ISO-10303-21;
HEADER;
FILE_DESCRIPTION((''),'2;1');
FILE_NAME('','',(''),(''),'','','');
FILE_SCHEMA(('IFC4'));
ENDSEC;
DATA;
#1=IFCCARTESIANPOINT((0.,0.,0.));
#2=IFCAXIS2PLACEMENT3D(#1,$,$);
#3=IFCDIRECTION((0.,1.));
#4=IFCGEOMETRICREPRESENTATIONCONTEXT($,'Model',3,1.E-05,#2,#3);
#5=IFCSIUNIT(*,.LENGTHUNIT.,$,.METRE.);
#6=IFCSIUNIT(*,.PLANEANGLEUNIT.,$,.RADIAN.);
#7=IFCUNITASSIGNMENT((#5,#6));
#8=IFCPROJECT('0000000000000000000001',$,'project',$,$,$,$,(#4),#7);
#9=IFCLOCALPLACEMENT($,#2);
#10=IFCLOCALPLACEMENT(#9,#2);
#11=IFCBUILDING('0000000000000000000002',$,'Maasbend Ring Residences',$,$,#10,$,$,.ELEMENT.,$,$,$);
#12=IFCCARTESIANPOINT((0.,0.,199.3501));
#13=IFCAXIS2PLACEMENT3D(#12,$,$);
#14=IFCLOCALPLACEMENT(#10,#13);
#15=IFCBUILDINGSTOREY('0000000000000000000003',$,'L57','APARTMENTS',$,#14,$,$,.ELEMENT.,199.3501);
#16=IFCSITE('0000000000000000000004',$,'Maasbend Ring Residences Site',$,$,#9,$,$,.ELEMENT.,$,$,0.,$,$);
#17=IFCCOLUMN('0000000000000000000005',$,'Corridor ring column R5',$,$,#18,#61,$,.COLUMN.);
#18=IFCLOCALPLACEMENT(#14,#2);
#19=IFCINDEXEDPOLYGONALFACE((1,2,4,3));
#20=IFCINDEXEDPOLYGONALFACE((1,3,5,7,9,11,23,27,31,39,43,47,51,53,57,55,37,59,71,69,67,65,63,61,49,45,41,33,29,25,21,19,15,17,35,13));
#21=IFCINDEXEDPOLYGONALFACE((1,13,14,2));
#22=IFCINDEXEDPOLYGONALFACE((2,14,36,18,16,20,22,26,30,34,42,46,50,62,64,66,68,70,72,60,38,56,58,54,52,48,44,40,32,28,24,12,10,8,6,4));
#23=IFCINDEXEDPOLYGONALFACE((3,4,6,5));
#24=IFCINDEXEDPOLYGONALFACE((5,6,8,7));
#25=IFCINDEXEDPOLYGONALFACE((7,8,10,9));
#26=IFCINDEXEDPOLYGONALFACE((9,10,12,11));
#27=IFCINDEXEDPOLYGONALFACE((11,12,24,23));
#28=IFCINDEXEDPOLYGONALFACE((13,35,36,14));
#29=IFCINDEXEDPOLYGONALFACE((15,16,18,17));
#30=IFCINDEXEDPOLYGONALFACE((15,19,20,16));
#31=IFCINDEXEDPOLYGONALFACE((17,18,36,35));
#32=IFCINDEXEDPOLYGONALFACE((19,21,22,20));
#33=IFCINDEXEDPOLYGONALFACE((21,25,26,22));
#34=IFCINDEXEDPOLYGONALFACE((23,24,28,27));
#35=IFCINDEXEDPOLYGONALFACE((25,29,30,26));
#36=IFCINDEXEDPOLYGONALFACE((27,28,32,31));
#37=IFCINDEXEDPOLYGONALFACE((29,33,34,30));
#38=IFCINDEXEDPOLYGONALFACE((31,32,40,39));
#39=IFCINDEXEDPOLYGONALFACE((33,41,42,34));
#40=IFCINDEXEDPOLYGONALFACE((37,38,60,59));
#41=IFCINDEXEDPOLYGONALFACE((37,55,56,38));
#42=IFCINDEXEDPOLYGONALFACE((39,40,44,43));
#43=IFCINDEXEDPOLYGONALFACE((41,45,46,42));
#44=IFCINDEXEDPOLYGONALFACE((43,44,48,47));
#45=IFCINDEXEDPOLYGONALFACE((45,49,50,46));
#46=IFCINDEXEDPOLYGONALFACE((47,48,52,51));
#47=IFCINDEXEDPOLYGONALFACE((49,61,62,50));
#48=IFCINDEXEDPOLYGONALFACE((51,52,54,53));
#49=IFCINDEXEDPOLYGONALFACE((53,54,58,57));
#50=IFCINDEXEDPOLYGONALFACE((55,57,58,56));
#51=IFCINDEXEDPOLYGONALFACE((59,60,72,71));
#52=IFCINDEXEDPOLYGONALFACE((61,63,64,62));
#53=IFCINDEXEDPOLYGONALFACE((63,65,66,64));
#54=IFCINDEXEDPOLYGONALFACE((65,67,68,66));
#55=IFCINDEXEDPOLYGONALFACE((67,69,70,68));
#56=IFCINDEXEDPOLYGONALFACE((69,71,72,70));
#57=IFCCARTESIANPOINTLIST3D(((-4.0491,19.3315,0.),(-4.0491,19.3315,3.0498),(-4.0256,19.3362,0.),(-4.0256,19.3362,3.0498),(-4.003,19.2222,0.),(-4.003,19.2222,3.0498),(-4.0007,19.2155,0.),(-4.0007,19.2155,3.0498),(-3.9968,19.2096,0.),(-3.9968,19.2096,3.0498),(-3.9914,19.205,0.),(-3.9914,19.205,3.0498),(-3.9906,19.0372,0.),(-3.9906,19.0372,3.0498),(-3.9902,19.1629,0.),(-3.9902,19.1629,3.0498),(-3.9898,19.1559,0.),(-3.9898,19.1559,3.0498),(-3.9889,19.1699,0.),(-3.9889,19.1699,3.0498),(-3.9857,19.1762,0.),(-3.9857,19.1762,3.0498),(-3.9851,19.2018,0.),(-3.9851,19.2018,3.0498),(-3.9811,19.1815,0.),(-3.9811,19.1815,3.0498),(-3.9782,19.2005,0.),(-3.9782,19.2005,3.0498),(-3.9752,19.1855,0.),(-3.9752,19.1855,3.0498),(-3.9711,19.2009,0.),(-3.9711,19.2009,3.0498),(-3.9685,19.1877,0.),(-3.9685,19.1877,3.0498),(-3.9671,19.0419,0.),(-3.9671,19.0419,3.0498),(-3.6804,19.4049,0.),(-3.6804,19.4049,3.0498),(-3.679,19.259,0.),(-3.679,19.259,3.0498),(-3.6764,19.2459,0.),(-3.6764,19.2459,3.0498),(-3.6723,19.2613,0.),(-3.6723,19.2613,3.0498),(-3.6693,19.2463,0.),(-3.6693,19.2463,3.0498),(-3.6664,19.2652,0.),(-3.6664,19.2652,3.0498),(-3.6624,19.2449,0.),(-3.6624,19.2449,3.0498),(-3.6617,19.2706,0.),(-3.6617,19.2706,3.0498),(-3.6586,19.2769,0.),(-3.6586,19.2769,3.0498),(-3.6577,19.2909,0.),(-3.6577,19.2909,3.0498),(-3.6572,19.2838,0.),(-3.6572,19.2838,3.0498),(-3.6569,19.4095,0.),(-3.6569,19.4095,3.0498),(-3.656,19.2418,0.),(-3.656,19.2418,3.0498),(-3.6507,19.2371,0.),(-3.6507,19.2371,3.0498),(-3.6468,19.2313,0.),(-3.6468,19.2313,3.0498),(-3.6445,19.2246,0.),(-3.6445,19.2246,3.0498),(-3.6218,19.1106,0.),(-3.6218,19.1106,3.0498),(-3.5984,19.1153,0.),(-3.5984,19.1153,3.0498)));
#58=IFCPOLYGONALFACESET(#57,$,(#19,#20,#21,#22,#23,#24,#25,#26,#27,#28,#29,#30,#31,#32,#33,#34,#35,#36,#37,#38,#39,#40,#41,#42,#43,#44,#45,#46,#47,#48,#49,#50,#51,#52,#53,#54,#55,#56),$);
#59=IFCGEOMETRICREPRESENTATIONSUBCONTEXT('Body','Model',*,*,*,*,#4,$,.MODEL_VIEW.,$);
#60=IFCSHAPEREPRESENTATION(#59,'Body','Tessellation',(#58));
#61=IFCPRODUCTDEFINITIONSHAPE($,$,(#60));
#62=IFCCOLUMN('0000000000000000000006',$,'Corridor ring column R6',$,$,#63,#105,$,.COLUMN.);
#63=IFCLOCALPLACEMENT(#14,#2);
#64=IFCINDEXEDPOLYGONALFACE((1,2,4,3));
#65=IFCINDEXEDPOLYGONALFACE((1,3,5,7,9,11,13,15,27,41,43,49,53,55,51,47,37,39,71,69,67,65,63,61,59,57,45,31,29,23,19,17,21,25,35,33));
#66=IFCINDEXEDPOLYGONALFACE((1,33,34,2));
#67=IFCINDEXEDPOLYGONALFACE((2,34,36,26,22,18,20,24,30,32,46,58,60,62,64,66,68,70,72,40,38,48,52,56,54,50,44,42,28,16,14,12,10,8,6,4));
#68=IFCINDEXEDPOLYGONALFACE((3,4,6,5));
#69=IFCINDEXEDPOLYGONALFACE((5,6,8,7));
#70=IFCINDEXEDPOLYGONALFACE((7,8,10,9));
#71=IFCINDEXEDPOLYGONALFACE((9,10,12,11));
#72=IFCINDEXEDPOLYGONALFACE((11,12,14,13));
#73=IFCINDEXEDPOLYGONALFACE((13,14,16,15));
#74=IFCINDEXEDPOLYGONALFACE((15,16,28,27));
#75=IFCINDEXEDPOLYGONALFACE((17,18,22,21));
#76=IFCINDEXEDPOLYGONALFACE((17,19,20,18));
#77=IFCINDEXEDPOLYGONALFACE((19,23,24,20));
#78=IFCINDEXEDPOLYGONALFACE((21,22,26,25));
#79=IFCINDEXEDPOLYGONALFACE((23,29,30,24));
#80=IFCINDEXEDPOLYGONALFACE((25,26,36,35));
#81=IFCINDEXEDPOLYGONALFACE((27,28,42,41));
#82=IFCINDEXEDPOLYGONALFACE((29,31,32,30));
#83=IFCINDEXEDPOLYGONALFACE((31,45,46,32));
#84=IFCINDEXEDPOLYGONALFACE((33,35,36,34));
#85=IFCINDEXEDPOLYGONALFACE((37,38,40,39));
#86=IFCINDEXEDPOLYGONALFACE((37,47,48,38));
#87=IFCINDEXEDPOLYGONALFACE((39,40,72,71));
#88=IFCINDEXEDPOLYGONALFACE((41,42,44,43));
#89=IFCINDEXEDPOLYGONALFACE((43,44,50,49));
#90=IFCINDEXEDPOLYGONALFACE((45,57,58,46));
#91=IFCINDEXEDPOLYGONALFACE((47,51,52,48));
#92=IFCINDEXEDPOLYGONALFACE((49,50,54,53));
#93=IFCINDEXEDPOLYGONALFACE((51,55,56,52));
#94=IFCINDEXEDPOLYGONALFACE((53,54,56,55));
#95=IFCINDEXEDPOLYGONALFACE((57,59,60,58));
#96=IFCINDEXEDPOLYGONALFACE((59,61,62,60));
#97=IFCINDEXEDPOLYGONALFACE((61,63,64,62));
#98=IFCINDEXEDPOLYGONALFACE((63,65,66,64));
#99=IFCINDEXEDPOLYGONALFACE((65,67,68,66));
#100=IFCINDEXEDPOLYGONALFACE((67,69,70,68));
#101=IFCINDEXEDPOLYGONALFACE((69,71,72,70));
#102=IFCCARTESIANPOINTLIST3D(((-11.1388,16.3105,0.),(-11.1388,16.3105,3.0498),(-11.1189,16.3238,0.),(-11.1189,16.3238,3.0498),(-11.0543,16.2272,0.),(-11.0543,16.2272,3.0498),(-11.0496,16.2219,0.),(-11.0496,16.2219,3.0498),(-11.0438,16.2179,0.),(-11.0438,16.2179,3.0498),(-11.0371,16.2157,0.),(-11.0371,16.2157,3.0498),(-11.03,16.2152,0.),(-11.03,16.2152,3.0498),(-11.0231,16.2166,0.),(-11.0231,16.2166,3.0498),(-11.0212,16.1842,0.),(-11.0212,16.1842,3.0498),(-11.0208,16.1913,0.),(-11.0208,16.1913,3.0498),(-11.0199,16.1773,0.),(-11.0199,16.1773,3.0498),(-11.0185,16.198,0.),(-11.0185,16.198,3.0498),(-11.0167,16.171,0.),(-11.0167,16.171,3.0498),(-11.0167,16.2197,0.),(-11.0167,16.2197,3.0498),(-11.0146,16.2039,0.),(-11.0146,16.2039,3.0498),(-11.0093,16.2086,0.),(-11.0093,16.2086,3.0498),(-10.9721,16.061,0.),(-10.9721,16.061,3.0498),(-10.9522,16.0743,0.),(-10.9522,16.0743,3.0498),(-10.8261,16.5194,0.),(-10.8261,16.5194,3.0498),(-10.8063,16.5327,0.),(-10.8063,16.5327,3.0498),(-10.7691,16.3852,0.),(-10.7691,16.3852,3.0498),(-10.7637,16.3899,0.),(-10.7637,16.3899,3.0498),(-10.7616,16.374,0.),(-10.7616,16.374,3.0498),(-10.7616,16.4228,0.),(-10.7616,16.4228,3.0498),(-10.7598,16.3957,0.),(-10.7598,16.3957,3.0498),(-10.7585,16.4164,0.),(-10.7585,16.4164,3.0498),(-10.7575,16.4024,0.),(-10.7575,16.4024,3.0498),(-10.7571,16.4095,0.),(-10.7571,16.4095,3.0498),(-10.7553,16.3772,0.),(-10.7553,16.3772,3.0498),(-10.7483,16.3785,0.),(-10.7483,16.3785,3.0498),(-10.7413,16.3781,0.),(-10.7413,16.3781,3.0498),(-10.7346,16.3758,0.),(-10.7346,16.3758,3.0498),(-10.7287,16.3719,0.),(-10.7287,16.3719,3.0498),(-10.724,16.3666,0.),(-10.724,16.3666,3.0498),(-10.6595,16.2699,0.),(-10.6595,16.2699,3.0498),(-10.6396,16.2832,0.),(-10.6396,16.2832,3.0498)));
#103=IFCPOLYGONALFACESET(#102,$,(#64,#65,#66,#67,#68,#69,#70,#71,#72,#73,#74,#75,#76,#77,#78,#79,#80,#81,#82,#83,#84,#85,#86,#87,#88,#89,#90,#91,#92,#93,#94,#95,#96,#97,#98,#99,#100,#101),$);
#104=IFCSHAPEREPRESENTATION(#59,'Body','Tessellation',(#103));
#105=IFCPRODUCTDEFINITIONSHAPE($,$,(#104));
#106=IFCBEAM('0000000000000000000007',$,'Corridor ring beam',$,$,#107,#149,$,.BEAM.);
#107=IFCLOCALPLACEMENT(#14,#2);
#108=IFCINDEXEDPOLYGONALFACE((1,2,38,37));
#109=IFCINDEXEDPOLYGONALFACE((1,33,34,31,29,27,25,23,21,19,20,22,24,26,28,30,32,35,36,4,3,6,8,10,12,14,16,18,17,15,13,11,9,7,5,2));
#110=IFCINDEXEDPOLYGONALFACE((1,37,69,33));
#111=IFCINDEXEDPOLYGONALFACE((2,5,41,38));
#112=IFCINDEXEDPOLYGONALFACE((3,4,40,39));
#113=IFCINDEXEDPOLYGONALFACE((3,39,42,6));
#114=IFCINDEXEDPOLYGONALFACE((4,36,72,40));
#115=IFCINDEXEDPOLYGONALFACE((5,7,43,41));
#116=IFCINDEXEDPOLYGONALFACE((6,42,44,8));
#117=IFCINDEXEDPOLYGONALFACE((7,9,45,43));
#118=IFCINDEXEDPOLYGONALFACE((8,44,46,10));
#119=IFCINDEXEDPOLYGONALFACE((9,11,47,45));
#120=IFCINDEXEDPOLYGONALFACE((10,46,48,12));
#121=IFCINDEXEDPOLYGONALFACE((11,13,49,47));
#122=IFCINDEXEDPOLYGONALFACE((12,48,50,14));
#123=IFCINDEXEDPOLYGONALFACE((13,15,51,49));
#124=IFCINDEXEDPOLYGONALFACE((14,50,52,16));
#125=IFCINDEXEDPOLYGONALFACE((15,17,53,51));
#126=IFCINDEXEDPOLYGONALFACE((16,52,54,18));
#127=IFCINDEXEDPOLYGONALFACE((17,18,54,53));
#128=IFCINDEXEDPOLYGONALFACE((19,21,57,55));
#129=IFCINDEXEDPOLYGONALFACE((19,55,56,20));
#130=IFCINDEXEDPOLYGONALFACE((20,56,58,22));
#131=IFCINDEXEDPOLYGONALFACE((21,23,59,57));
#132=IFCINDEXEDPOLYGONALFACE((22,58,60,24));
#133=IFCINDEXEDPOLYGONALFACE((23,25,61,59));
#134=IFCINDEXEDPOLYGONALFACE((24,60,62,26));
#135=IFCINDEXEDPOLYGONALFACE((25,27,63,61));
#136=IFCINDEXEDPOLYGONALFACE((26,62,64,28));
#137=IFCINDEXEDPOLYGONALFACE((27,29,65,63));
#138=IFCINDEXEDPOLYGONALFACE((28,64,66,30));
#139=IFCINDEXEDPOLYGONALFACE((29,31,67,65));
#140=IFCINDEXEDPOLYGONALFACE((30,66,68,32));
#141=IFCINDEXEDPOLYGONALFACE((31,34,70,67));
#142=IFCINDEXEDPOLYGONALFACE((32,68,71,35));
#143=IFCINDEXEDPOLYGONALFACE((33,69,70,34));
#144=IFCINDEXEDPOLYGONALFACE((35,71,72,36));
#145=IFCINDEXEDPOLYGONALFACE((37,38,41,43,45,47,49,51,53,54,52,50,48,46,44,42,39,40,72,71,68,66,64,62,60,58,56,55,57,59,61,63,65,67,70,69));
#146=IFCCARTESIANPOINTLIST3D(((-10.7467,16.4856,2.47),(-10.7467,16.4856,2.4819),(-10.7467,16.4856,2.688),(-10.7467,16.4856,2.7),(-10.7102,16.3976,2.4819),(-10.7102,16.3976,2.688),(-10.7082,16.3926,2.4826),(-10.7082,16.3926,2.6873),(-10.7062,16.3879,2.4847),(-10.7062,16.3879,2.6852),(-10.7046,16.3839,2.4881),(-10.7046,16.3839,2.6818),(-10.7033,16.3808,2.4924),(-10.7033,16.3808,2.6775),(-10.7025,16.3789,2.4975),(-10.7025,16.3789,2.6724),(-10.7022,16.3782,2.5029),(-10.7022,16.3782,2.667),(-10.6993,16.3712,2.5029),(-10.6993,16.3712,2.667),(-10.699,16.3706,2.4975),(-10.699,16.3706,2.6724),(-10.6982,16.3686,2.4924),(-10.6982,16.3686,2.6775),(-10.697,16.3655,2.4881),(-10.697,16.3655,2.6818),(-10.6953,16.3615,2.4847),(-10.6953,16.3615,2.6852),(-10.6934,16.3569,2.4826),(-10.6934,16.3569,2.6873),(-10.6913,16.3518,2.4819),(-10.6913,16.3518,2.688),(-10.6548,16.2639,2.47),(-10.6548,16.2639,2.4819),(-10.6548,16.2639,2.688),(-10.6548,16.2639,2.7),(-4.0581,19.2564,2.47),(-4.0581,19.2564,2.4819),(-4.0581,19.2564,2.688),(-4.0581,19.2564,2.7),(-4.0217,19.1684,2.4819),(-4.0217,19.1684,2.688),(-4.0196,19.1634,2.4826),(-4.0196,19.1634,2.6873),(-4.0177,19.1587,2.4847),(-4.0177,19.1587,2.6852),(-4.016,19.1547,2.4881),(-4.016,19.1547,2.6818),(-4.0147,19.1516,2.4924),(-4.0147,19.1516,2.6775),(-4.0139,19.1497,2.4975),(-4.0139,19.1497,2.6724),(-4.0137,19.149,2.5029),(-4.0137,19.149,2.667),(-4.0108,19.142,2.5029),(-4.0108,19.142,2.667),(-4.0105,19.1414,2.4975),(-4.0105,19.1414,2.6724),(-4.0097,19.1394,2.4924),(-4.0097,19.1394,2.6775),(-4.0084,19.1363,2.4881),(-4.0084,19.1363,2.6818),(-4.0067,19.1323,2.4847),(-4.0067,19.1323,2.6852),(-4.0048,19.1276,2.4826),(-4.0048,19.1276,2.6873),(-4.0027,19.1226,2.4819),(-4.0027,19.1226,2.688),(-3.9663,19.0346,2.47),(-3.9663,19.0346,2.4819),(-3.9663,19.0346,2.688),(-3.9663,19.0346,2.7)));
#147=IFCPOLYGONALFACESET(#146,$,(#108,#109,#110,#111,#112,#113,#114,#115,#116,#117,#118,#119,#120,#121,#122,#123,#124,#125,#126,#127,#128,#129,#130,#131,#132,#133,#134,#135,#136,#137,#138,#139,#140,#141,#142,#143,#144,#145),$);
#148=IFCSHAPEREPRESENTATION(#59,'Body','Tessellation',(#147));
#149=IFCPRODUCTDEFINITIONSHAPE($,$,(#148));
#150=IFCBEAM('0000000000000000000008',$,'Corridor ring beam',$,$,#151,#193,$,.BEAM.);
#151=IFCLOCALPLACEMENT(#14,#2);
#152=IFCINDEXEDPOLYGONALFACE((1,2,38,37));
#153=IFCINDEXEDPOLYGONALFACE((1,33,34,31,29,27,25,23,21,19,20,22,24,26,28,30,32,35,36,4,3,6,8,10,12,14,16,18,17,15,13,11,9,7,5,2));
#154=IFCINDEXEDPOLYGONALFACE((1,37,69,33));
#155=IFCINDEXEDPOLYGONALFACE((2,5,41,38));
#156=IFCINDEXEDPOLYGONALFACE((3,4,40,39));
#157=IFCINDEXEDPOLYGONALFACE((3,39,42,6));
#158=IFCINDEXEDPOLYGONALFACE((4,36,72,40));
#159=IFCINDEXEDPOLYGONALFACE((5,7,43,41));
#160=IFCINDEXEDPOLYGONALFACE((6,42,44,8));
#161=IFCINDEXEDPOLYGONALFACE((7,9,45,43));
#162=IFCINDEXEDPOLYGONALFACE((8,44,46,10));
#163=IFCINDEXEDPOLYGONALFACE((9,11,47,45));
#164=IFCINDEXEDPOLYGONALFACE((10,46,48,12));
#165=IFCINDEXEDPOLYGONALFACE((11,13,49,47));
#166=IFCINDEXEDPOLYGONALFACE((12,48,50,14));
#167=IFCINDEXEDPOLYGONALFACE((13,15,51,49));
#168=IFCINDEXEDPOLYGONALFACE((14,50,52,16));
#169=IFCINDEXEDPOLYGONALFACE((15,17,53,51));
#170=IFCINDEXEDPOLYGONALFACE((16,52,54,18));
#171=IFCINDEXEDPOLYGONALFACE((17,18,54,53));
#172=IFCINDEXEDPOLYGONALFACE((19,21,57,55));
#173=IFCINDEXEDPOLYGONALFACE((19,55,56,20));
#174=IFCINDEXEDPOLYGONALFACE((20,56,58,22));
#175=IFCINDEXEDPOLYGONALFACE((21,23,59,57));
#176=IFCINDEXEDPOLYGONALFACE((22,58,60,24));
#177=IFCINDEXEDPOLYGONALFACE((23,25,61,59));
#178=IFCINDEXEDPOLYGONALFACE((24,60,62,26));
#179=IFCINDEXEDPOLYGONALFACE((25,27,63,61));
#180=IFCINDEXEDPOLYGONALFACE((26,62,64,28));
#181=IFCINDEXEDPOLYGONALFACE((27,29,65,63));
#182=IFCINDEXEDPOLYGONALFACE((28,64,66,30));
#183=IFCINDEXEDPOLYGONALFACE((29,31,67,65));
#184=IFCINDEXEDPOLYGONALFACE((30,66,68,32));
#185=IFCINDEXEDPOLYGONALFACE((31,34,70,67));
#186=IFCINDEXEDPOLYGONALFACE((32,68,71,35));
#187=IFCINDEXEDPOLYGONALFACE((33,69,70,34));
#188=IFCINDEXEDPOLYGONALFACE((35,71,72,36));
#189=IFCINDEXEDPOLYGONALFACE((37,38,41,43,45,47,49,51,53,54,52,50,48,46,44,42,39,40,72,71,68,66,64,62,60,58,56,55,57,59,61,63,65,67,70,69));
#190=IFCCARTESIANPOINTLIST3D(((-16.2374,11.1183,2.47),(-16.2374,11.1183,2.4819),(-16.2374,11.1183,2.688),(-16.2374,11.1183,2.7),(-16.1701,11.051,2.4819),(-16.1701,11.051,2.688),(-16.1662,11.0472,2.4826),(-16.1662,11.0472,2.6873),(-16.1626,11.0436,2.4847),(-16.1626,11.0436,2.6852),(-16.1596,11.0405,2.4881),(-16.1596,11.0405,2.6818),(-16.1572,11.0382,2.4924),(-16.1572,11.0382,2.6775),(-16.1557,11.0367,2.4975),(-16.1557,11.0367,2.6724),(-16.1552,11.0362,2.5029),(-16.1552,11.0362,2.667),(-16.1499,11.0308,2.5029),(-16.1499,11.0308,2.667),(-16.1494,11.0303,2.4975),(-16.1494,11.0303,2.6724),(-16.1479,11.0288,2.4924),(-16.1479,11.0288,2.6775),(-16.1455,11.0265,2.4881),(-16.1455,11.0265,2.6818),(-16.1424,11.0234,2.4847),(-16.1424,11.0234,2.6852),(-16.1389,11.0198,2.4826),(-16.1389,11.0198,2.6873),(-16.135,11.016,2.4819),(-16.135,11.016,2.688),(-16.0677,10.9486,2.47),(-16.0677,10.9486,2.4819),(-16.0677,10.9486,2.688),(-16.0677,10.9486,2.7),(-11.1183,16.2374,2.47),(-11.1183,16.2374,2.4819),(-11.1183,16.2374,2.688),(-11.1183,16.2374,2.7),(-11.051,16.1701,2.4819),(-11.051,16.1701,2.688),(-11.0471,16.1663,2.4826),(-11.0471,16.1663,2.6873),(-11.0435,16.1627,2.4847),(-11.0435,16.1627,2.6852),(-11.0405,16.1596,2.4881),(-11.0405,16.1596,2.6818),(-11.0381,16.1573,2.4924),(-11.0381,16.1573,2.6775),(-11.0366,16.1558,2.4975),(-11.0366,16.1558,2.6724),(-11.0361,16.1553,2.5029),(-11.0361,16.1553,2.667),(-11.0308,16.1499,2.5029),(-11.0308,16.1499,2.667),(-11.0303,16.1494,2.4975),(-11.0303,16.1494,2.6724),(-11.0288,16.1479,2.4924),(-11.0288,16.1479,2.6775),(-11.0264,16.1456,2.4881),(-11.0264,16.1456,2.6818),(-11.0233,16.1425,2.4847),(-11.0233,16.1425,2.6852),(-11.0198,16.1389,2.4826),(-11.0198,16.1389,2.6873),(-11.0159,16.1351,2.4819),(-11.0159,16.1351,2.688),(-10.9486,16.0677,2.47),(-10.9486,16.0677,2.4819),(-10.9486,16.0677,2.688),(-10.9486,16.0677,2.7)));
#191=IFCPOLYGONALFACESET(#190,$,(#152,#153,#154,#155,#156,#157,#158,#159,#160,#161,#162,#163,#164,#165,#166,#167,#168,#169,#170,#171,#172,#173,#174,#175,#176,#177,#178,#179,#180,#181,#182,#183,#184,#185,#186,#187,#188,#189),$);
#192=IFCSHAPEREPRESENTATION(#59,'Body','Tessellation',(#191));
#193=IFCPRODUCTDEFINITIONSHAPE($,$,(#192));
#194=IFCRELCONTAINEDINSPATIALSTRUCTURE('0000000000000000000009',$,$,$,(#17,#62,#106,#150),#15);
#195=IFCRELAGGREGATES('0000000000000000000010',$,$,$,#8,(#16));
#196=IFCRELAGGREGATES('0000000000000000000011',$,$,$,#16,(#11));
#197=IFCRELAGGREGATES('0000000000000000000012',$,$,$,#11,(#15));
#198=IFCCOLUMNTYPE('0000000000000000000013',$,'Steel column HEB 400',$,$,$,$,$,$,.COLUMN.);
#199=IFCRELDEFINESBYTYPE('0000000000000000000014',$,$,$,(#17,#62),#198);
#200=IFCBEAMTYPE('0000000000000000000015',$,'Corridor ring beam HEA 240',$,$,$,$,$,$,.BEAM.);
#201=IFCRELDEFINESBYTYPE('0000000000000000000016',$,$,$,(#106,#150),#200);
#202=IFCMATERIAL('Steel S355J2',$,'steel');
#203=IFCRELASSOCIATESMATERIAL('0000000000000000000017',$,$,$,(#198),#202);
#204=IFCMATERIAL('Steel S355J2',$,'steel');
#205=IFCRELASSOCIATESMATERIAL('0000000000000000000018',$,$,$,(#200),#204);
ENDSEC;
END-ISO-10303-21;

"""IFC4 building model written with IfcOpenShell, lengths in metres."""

from ifc_helpers import new_model, si_unit, direction, frame, origin, origin_2d, place, context, subcontext, project, spatial, i_section, extrude, material, material_profile, profile_set, type_object, element, save


model = new_model("IFC4")

# Units and contexts
model_context = context("Model", 3, precision=1e-05, world=origin(), true_north=direction((0.0, 1.0)))
body_context = subcontext(model_context, "Body", "Model", "MODEL_VIEW")
ifc_project = project(units=[si_unit("LENGTHUNIT", "METRE"), si_unit("PLANEANGLEUNIT", "RADIAN")], contexts=[model_context])

# Site, building, storey
site_placement = place(None, origin())
site = spatial("IfcSite", under=ifc_project, at=site_placement, Name="Maasbend Ring Residences Site", CompositionType="ELEMENT", RefElevation=0.0)
building_placement = place(site_placement, origin())
building = spatial("IfcBuilding", under=site, at=building_placement, Name="Maasbend Ring Residences", CompositionType="ELEMENT")
storey_placement = place(building_placement, frame((0.0, 0.0, 199.3501)))
storey = spatial("IfcBuildingStorey", under=building, at=storey_placement, Name="L57", Description="APARTMENTS", CompositionType="ELEMENT", Elevation=199.3501)

# Columns
ifc_material_1 = material(Name="Steel S355J2", Category="steel")
ifc_material_profile_1 = material_profile(ifc_material_1, i_section(OverallWidth=0.3, OverallDepth=0.3999, WebThickness=0.0134, FlangeThickness=0.0239, FilletRadius=0.0271, at=origin_2d()), Name="HEB 400")
ifc_profile_set_1 = profile_set([ifc_material_profile_1], Name="Steel S355J2")
column_type = type_object("IfcColumnType", Name="Steel column HEB 400", PredefinedType="COLUMN", material=ifc_profile_set_1)
for number, where, z_axis, x_axis, name in (
    (1, (-3.8237, 19.2234, 0.0), (0.0, 0.0, 1.0), (-0.19509, 0.980785, 0.0), "Corridor ring column R5"),
    (2, (-10.8892, 16.2969, 0.0), (0.0, 0.0, 1.0), (-0.55557, 0.83147, 0.0), "Corridor ring column R6"),
):
    element("IfcColumn", number, at=place(storey_placement, frame(where, z_axis=z_axis, x_axis=x_axis)), inside=storey, type_object=column_type, Name=name, PredefinedType="COLUMN", context=body_context, shape_type="SweptSolid", body=[
        extrude(i_section(OverallWidth=0.3, OverallDepth=0.3999, WebThickness=0.0134, FlangeThickness=0.0239, FilletRadius=0.0271, at=origin_2d()), origin(), (0.0, 0.0, 1.0), 3.0498),
    ])

# Beams
ifc_material_2 = material(Name="Steel S355J2", Category="steel")
ifc_material_profile_2 = material_profile(ifc_material_2, i_section(OverallWidth=0.24, OverallDepth=0.23, WebThickness=0.0076, FlangeThickness=0.012, FilletRadius=0.021, at=origin_2d()), Name="HEA 240")
ifc_profile_set_2 = profile_set([ifc_material_profile_2], Name="Steel S355J2")
beam_type = type_object("IfcBeamType", Name="Corridor ring beam HEA 240", PredefinedType="BEAM", material=ifc_profile_set_2)
beam_1_placement = place(storey_placement, frame((-4.0122, 19.1455, 2.585), z_axis=(-0.923865, -0.382718, 0.0), x_axis=(0.382718, -0.923865, 0.0)))
element("IfcBeam", 3, at=beam_1_placement, inside=storey, type_object=beam_type, Name="Corridor ring beam", PredefinedType="BEAM", context=body_context, shape_type="SweptSolid", body=[
    extrude(i_section(OverallWidth=0.24, OverallDepth=0.23, WebThickness=0.0076, FlangeThickness=0.012, FilletRadius=0.021, at=origin_2d()), origin(), (0.0, 0.0, 1.0), 7.2397),
])
beam_2_placement = place(storey_placement, frame((-11.0334, 16.1526, 2.585), z_axis=(-0.707107, -0.707107, 0.0), x_axis=(0.707107, -0.707107, 0.0)))
element("IfcBeam", 4, at=beam_2_placement, inside=storey, type_object=beam_type, Name="Corridor ring beam", PredefinedType="BEAM", context=body_context, shape_type="SweptSolid", body=[
    extrude(i_section(OverallWidth=0.24, OverallDepth=0.23, WebThickness=0.0076, FlangeThickness=0.012, FilletRadius=0.021, at=origin_2d()), origin(), (0.0, 0.0, 1.0), 7.2395),
])

save(model, "model.ifc")
